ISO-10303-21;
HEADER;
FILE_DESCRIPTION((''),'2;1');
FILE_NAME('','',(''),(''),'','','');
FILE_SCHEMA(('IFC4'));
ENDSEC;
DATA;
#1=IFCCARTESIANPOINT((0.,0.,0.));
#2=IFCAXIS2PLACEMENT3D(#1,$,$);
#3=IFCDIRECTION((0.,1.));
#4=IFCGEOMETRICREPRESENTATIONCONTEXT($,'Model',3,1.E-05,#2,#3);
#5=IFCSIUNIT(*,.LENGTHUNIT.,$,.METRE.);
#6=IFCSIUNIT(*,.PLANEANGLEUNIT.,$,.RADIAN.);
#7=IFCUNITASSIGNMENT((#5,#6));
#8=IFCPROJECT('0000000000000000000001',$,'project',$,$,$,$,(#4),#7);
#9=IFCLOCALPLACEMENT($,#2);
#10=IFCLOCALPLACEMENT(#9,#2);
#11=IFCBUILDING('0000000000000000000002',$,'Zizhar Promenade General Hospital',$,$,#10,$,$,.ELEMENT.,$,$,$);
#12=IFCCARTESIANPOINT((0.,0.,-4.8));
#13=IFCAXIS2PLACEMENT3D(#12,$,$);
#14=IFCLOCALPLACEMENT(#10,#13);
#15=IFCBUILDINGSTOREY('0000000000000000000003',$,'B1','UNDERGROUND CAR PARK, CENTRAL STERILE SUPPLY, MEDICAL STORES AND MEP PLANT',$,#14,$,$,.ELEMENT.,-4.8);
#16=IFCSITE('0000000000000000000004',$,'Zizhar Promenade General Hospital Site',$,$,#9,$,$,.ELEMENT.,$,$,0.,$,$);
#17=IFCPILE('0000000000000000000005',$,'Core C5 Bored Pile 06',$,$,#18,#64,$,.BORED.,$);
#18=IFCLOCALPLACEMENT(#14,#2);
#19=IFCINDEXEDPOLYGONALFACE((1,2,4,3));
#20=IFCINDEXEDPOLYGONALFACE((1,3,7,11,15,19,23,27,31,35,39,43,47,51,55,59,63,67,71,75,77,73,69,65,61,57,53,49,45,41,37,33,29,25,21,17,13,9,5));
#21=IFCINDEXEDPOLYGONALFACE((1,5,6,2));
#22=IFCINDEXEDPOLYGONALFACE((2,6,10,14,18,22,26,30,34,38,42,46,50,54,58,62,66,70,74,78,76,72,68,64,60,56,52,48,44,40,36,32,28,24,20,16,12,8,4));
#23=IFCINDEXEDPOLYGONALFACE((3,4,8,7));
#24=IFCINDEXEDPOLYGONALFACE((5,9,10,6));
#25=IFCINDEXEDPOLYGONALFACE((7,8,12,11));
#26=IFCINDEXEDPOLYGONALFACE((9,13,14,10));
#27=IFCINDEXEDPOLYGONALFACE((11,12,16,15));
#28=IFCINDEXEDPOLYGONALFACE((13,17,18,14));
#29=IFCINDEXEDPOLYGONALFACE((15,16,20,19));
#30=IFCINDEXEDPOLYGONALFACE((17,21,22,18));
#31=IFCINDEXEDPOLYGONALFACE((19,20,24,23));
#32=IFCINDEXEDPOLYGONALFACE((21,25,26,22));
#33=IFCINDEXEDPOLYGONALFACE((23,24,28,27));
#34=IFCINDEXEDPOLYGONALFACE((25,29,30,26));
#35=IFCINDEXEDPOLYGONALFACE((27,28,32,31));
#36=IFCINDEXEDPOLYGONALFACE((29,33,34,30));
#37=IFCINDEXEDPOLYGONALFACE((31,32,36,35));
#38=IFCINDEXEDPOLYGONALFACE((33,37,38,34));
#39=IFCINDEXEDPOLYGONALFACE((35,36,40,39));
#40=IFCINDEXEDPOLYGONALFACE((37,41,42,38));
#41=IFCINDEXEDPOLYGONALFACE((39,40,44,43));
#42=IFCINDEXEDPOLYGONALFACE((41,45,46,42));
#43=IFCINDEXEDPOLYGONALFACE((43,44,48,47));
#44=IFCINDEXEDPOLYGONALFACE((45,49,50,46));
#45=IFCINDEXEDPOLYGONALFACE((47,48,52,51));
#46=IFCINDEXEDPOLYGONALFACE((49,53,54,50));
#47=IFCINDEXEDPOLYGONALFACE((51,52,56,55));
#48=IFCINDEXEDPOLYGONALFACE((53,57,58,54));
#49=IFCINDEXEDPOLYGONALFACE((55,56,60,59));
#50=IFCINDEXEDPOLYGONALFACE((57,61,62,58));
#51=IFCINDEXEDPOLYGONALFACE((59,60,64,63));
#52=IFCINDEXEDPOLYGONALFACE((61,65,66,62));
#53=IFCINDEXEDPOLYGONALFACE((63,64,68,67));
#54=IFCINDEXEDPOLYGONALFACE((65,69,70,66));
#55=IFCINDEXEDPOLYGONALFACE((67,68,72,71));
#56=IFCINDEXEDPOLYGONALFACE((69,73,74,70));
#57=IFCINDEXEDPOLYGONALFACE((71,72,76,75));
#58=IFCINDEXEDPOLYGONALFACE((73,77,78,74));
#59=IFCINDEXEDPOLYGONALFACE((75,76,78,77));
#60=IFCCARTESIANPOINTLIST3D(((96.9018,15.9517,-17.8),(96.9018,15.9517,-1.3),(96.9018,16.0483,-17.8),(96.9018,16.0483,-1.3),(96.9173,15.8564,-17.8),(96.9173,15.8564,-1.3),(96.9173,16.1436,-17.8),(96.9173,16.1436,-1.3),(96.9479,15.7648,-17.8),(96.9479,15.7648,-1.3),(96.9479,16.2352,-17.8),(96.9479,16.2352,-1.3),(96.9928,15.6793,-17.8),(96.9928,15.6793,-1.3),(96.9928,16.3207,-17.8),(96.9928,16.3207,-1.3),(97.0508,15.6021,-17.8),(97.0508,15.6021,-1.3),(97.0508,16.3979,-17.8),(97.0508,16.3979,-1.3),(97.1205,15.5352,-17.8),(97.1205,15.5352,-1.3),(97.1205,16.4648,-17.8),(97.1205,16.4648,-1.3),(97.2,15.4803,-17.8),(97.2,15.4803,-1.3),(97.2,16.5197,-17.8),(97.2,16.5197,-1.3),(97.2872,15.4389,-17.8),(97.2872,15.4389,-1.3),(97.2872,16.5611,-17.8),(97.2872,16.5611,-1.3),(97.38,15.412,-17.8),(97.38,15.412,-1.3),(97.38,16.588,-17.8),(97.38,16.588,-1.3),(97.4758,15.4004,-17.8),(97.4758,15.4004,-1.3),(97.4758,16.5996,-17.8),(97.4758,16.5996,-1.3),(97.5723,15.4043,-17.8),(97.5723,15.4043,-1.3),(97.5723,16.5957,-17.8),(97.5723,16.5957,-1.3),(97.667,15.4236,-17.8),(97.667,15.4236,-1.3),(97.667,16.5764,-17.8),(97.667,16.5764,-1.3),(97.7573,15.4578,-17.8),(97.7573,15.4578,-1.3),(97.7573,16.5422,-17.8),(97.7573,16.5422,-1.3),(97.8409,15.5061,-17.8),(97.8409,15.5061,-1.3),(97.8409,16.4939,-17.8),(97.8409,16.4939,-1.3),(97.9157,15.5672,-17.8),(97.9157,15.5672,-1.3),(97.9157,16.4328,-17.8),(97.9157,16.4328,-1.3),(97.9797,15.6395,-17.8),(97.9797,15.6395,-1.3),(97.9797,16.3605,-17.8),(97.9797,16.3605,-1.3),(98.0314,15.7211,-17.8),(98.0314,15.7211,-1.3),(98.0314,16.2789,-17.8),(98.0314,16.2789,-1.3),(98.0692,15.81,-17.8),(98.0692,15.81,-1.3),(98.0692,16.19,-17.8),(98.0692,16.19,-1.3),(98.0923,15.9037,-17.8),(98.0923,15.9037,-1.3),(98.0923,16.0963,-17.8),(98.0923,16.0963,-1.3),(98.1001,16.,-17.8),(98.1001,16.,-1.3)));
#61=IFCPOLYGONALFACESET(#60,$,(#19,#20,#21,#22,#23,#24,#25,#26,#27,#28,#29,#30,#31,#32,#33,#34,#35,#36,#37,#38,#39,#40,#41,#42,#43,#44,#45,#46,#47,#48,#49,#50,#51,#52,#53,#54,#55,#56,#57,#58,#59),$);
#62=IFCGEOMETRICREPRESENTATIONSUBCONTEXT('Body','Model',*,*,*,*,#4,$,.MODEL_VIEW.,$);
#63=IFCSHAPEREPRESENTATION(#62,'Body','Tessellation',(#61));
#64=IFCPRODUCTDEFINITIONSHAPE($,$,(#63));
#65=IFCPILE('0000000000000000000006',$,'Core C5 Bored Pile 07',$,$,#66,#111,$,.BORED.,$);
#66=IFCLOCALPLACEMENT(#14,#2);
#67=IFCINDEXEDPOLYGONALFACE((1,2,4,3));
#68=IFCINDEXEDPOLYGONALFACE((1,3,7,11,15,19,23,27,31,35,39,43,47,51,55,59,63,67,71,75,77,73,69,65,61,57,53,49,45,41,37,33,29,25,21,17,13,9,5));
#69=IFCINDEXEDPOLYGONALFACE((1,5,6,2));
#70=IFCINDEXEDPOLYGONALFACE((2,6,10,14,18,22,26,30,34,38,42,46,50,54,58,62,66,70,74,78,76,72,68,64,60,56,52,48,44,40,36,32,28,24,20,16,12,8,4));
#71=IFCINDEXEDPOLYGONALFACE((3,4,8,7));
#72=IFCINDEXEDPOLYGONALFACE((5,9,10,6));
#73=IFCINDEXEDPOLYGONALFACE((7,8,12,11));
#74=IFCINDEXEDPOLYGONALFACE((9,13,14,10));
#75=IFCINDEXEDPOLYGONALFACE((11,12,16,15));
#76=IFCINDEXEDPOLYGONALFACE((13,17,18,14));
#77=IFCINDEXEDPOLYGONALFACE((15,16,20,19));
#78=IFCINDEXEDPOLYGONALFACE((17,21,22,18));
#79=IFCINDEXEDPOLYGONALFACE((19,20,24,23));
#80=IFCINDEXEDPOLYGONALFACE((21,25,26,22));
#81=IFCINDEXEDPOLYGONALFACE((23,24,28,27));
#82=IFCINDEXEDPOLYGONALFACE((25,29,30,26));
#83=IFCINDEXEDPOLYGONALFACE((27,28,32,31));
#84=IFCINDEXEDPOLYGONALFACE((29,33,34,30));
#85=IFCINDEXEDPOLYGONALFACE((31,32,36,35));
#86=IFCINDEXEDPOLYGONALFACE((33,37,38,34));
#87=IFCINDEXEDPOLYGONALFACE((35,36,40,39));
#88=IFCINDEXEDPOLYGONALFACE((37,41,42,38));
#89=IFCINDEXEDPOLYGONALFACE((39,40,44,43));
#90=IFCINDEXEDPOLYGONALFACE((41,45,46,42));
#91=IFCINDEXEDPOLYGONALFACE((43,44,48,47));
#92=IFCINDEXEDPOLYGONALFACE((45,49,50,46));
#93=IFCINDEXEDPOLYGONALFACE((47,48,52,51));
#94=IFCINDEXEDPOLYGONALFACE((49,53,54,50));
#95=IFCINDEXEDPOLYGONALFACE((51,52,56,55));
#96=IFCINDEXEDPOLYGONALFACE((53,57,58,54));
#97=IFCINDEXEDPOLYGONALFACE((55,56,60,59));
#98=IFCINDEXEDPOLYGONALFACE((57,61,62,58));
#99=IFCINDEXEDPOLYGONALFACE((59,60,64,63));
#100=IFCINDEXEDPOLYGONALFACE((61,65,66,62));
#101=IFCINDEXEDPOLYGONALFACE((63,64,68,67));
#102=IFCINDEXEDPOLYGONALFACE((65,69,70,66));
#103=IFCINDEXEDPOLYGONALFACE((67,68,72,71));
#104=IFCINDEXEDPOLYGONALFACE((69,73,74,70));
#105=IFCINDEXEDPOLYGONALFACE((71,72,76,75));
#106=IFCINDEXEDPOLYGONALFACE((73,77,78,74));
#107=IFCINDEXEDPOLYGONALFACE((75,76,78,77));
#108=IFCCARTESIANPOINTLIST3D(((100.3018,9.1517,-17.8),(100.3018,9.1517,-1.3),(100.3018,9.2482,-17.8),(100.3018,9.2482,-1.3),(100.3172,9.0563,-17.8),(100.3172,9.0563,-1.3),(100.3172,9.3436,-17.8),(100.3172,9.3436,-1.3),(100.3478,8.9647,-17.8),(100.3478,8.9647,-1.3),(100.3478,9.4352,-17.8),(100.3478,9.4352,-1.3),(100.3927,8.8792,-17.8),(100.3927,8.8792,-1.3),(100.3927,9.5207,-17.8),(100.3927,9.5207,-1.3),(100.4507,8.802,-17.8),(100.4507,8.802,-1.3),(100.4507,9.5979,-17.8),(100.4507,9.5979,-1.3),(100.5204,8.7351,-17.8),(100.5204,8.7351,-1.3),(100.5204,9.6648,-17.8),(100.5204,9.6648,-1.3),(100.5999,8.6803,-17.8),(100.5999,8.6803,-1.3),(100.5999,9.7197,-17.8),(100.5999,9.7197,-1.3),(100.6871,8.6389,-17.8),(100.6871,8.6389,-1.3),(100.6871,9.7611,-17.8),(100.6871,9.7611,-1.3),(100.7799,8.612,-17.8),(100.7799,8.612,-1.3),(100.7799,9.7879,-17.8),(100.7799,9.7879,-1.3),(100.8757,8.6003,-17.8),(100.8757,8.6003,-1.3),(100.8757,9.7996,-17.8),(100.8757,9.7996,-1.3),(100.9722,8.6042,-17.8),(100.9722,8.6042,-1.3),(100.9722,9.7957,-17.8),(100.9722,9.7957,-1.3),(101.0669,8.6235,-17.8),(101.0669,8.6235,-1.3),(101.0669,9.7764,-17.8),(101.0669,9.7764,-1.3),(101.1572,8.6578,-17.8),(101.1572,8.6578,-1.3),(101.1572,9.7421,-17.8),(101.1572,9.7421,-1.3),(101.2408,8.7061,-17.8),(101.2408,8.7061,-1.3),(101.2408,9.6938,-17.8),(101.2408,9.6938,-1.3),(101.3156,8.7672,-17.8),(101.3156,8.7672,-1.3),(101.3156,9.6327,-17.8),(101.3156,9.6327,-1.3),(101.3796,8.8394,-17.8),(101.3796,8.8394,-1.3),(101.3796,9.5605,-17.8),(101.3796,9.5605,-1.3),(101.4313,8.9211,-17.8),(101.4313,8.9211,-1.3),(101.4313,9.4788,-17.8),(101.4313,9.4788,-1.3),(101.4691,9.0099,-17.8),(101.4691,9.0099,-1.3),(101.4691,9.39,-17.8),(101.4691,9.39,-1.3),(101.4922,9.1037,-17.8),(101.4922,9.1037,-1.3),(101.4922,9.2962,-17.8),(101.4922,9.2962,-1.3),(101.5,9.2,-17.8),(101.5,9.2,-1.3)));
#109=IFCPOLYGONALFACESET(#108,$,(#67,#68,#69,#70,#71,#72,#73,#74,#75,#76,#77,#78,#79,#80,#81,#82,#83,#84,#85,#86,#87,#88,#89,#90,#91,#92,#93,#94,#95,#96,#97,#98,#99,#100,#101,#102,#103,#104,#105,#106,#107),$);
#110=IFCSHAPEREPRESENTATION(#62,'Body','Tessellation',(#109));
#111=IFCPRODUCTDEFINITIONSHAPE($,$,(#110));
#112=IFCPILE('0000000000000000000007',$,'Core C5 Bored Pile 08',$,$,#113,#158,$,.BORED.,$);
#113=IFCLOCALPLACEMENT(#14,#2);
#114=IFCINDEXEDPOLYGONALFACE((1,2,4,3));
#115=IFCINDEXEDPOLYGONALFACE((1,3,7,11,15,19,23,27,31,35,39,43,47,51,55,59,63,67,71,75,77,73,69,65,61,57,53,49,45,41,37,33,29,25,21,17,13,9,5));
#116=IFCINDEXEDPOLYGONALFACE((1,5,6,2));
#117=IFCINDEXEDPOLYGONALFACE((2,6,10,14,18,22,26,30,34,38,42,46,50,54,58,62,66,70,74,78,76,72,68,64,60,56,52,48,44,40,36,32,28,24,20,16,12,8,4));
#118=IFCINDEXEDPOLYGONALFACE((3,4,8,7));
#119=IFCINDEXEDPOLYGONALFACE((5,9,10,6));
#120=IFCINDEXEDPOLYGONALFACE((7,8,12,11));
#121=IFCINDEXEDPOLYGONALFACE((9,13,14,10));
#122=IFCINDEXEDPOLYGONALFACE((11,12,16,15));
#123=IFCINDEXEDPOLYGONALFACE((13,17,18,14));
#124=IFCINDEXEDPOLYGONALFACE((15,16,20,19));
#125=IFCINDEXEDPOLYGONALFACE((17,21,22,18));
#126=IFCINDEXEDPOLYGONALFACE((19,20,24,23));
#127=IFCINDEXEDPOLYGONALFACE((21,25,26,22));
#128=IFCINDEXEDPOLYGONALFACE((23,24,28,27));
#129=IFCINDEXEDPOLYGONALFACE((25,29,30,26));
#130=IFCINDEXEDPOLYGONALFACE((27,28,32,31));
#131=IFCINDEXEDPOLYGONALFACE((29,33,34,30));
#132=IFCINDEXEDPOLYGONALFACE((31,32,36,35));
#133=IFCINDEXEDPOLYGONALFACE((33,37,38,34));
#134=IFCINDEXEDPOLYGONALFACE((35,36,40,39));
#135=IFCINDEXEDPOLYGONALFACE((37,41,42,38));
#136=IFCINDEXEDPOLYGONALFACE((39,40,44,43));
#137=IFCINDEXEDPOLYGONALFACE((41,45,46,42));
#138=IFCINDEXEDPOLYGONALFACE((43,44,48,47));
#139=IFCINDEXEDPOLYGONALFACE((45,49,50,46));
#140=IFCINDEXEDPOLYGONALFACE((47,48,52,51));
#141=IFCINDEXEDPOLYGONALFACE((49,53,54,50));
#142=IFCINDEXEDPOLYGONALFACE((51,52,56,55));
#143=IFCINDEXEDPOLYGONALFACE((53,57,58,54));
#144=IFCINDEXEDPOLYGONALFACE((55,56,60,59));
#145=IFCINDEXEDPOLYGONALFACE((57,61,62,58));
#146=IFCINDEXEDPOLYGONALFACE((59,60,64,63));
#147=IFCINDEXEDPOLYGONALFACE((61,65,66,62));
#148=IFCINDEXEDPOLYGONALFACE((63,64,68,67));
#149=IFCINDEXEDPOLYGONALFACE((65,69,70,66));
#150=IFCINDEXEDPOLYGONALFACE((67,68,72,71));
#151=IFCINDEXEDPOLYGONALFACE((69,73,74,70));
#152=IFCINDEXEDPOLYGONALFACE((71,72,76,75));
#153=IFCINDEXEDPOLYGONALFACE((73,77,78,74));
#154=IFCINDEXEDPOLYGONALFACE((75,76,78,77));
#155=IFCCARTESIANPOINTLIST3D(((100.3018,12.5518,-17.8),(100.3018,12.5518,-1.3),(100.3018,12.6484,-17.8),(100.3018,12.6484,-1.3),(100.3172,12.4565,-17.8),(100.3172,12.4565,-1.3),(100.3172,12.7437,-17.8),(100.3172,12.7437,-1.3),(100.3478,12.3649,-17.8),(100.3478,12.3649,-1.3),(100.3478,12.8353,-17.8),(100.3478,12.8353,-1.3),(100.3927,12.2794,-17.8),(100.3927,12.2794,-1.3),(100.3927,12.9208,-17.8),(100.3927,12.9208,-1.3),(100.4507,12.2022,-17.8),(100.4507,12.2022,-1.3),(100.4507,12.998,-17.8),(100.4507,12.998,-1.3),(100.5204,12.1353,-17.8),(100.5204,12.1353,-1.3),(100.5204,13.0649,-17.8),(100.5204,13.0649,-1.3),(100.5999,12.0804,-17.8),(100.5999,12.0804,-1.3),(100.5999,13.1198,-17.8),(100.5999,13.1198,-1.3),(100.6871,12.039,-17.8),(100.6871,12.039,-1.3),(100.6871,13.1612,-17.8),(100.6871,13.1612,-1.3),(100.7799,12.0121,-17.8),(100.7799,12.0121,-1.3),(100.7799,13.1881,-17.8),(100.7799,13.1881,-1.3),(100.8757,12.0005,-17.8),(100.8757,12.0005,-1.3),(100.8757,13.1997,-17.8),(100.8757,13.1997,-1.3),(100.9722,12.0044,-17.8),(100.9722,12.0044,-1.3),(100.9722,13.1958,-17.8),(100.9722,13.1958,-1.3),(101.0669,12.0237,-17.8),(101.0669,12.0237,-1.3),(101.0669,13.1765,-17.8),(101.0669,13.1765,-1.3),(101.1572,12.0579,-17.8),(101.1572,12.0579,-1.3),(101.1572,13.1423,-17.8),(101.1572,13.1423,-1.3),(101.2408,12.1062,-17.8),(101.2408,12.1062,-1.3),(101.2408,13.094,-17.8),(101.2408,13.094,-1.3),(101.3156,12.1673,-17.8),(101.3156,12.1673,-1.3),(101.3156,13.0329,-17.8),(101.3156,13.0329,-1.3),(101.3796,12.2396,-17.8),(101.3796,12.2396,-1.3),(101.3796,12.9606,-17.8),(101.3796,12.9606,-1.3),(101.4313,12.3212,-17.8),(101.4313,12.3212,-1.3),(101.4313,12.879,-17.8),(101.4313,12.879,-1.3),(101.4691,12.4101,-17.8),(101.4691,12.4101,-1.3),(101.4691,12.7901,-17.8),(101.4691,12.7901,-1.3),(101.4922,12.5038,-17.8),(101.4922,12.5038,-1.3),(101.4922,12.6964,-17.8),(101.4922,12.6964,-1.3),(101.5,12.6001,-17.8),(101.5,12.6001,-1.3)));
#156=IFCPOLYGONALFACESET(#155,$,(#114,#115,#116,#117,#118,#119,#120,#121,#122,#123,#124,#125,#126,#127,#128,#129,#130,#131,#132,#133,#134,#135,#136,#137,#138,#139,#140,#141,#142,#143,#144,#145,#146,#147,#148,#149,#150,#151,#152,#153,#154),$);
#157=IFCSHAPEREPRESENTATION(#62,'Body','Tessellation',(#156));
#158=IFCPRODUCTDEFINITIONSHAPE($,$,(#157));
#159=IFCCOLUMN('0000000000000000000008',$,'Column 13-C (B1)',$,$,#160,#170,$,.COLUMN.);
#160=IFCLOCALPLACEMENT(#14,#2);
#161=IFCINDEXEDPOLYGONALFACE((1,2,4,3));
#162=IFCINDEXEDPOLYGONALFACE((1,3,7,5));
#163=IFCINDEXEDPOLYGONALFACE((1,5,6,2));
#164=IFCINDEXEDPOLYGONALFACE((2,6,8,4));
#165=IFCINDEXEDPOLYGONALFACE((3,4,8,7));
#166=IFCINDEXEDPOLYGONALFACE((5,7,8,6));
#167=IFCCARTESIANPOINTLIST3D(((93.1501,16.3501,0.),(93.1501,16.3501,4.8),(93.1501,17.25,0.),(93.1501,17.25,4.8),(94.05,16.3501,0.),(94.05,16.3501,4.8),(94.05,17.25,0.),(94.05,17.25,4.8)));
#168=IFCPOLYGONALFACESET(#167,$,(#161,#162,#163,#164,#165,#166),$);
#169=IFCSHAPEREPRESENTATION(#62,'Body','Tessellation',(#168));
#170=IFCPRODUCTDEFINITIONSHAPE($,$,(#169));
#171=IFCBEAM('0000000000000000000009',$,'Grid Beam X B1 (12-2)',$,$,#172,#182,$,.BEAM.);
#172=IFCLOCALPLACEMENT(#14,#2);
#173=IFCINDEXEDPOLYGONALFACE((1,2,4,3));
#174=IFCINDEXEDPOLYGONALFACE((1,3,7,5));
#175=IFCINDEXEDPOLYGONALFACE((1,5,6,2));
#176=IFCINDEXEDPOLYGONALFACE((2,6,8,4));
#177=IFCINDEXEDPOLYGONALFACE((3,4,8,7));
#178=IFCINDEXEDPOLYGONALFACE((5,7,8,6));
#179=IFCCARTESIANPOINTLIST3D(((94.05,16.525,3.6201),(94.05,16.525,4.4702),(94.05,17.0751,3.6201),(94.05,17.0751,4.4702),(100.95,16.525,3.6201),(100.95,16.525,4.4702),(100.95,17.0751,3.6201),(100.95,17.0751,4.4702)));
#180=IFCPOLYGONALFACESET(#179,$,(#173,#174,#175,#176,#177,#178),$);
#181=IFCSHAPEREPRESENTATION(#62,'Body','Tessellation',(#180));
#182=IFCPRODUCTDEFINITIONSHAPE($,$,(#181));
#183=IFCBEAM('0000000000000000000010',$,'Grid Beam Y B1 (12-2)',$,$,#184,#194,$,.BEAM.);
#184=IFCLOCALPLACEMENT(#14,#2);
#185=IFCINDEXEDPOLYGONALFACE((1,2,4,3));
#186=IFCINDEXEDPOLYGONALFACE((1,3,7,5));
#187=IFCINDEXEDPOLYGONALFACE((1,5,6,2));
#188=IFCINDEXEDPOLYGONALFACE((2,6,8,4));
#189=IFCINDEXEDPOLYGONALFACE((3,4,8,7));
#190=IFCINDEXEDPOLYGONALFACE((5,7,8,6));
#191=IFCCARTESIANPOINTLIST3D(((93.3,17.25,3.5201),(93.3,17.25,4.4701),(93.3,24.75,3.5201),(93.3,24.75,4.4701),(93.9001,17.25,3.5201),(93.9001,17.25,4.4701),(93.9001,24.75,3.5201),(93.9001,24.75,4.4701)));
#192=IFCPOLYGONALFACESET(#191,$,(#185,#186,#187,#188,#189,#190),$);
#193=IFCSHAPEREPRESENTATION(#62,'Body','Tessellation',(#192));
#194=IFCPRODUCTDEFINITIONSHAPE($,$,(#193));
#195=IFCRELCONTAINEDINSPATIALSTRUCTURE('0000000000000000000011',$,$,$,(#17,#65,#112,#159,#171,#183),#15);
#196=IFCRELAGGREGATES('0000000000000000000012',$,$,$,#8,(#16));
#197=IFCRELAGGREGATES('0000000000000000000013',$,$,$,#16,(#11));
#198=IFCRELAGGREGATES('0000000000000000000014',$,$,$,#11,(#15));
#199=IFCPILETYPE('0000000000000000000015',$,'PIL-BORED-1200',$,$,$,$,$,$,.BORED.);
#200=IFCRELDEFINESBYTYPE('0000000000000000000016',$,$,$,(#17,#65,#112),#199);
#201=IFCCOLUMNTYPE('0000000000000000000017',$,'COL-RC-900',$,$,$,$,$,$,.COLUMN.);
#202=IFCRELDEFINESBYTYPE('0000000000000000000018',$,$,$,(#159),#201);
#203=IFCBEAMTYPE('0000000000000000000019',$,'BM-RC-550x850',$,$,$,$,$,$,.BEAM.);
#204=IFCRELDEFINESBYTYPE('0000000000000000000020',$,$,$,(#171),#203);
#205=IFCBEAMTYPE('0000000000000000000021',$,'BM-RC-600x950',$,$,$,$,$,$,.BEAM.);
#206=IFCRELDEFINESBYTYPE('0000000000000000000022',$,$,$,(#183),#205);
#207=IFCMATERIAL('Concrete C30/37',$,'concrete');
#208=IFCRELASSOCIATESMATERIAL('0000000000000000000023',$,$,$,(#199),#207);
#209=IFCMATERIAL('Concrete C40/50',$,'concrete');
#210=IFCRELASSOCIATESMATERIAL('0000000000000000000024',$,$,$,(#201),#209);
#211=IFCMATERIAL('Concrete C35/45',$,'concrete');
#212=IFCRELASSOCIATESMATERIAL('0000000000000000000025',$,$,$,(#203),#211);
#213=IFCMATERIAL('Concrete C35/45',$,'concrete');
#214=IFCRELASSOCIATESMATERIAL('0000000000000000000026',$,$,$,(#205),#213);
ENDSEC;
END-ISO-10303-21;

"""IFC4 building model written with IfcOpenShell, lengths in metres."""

from ifc_helpers import new_model, si_unit, direction, frame, origin, origin_2d, place, context, subcontext, project, spatial, rectangle, circle, extrude, material, material_profile, profile_set, type_object, element, save


model = new_model("IFC4")

# Units and contexts
model_context = context("Model", 3, precision=1e-05, world=origin(), true_north=direction((0.0, 1.0)))
body_context = subcontext(model_context, "Body", "Model", "MODEL_VIEW")
ifc_project = project(units=[si_unit("LENGTHUNIT", "METRE"), si_unit("PLANEANGLEUNIT", "RADIAN")], contexts=[model_context])

# Site, building, storey
site_placement = place(None, origin())
site = spatial("IfcSite", under=ifc_project, at=site_placement, Name="Zizhar Promenade General Hospital Site", CompositionType="ELEMENT", RefElevation=0.0)
building_placement = place(site_placement, origin())
building = spatial("IfcBuilding", under=site, at=building_placement, Name="Zizhar Promenade General Hospital", CompositionType="ELEMENT")
storey_placement = place(building_placement, frame((0.0, 0.0, -4.8)))
storey = spatial("IfcBuildingStorey", under=building, at=storey_placement, Name="B1", Description="UNDERGROUND CAR PARK, CENTRAL STERILE SUPPLY, MEDICAL STORES AND MEP PLANT", CompositionType="ELEMENT", Elevation=-4.8)

# Piles
ifc_material_1 = material(Name="Concrete C30/37", Category="concrete")
ifc_material_profile_1 = material_profile(ifc_material_1, circle(Radius=0.6001, at=origin_2d()))
ifc_profile_set_1 = profile_set([ifc_material_profile_1], Name="Concrete C30/37")
pile_type_1 = type_object("IfcPileType", Name="PIL-BORED-1200", PredefinedType="BORED", material=ifc_profile_set_1)
for number, where, z_axis, x_axis, name in (
    (1, (97.5, 16.0, -1.3), (0.0, 0.0, -1.0), (1.0, 0.0, 0.0), "Core C5 Bored Pile 06"),
    (2, (100.8999, 9.2, -1.3), (0.0, 0.0, -1.0), (1.0, 0.0, 0.0), "Core C5 Bored Pile 07"),
    (3, (100.8999, 12.6001, -1.3), (0.0, 0.0, -1.0), (1.0, 0.0, 0.0), "Core C5 Bored Pile 08"),
):
    element("IfcPile", number, at=place(storey_placement, frame(where, z_axis=z_axis, x_axis=x_axis)), inside=storey, type_object=pile_type_1, Name=name, PredefinedType="BORED", context=body_context, shape_type="SweptSolid", body=[
        extrude(circle(Radius=0.6001, at=origin_2d()), origin(), (0.0, 0.0, 1.0), 16.5),
    ])

# Column
ifc_material_2 = material(Name="Concrete C40/50", Category="concrete")
ifc_material_profile_2 = material_profile(ifc_material_2, rectangle(XDim=0.8999, YDim=0.8999, at=origin_2d()))
ifc_profile_set_2 = profile_set([ifc_material_profile_2], Name="Concrete C40/50")
column_type = type_object("IfcColumnType", Name="COL-RC-900", PredefinedType="COLUMN", material=ifc_profile_set_2)
column_placement = place(storey_placement, frame((93.6001, 16.8, 0.0), z_axis=(0.0, 0.0, 1.0), x_axis=(1.0, 0.0, 0.0)))
element("IfcColumn", 4, at=column_placement, inside=storey, type_object=column_type, Name="Column 13-C (B1)", PredefinedType="COLUMN", context=body_context, shape_type="SweptSolid", body=[
    extrude(rectangle(XDim=0.8999, YDim=0.8999, at=origin_2d()), origin(), (0.0, 0.0, 1.0), 4.8),
])

# Beams
ifc_material_3 = material(Name="Concrete C35/45", Category="concrete")
ifc_material_profile_3 = material_profile(ifc_material_3, rectangle(XDim=0.55, YDim=0.8501, at=origin_2d()))
ifc_profile_set_3 = profile_set([ifc_material_profile_3], Name="Concrete C35/45")
beam_type_1 = type_object("IfcBeamType", Name="BM-RC-550x850", PredefinedType="BEAM", material=ifc_profile_set_3)
beam_1_placement = place(storey_placement, frame((94.05, 16.8, 4.0452), z_axis=(1.0, 0.0, 0.0), x_axis=(0.0, 1.0, 0.0)))
element("IfcBeam", 5, at=beam_1_placement, inside=storey, type_object=beam_type_1, Name="Grid Beam X B1 (12-2)", PredefinedType="BEAM", context=body_context, shape_type="SweptSolid", body=[
    extrude(rectangle(XDim=0.55, YDim=0.8501, at=origin_2d()), origin(), (0.0, 0.0, 1.0), 6.8999),
])
ifc_material_4 = material(Name="Concrete C35/45", Category="concrete")
ifc_material_profile_4 = material_profile(ifc_material_4, rectangle(XDim=0.6001, YDim=0.95, at=origin_2d()))
ifc_profile_set_4 = profile_set([ifc_material_profile_4], Name="Concrete C35/45")
beam_type_2 = type_object("IfcBeamType", Name="BM-RC-600x950", PredefinedType="BEAM", material=ifc_profile_set_4)
beam_2_placement = place(storey_placement, frame((93.6001, 17.25, 3.9951), z_axis=(0.0, 1.0, 0.0), x_axis=(-1.0, 0.0, 0.0)))
element("IfcBeam", 6, at=beam_2_placement, inside=storey, type_object=beam_type_2, Name="Grid Beam Y B1 (12-2)", PredefinedType="BEAM", context=body_context, shape_type="SweptSolid", body=[
    extrude(rectangle(XDim=0.6001, YDim=0.95, at=origin_2d()), origin(), (0.0, 0.0, 1.0), 7.5),
])

save(model, "model.ifc")
